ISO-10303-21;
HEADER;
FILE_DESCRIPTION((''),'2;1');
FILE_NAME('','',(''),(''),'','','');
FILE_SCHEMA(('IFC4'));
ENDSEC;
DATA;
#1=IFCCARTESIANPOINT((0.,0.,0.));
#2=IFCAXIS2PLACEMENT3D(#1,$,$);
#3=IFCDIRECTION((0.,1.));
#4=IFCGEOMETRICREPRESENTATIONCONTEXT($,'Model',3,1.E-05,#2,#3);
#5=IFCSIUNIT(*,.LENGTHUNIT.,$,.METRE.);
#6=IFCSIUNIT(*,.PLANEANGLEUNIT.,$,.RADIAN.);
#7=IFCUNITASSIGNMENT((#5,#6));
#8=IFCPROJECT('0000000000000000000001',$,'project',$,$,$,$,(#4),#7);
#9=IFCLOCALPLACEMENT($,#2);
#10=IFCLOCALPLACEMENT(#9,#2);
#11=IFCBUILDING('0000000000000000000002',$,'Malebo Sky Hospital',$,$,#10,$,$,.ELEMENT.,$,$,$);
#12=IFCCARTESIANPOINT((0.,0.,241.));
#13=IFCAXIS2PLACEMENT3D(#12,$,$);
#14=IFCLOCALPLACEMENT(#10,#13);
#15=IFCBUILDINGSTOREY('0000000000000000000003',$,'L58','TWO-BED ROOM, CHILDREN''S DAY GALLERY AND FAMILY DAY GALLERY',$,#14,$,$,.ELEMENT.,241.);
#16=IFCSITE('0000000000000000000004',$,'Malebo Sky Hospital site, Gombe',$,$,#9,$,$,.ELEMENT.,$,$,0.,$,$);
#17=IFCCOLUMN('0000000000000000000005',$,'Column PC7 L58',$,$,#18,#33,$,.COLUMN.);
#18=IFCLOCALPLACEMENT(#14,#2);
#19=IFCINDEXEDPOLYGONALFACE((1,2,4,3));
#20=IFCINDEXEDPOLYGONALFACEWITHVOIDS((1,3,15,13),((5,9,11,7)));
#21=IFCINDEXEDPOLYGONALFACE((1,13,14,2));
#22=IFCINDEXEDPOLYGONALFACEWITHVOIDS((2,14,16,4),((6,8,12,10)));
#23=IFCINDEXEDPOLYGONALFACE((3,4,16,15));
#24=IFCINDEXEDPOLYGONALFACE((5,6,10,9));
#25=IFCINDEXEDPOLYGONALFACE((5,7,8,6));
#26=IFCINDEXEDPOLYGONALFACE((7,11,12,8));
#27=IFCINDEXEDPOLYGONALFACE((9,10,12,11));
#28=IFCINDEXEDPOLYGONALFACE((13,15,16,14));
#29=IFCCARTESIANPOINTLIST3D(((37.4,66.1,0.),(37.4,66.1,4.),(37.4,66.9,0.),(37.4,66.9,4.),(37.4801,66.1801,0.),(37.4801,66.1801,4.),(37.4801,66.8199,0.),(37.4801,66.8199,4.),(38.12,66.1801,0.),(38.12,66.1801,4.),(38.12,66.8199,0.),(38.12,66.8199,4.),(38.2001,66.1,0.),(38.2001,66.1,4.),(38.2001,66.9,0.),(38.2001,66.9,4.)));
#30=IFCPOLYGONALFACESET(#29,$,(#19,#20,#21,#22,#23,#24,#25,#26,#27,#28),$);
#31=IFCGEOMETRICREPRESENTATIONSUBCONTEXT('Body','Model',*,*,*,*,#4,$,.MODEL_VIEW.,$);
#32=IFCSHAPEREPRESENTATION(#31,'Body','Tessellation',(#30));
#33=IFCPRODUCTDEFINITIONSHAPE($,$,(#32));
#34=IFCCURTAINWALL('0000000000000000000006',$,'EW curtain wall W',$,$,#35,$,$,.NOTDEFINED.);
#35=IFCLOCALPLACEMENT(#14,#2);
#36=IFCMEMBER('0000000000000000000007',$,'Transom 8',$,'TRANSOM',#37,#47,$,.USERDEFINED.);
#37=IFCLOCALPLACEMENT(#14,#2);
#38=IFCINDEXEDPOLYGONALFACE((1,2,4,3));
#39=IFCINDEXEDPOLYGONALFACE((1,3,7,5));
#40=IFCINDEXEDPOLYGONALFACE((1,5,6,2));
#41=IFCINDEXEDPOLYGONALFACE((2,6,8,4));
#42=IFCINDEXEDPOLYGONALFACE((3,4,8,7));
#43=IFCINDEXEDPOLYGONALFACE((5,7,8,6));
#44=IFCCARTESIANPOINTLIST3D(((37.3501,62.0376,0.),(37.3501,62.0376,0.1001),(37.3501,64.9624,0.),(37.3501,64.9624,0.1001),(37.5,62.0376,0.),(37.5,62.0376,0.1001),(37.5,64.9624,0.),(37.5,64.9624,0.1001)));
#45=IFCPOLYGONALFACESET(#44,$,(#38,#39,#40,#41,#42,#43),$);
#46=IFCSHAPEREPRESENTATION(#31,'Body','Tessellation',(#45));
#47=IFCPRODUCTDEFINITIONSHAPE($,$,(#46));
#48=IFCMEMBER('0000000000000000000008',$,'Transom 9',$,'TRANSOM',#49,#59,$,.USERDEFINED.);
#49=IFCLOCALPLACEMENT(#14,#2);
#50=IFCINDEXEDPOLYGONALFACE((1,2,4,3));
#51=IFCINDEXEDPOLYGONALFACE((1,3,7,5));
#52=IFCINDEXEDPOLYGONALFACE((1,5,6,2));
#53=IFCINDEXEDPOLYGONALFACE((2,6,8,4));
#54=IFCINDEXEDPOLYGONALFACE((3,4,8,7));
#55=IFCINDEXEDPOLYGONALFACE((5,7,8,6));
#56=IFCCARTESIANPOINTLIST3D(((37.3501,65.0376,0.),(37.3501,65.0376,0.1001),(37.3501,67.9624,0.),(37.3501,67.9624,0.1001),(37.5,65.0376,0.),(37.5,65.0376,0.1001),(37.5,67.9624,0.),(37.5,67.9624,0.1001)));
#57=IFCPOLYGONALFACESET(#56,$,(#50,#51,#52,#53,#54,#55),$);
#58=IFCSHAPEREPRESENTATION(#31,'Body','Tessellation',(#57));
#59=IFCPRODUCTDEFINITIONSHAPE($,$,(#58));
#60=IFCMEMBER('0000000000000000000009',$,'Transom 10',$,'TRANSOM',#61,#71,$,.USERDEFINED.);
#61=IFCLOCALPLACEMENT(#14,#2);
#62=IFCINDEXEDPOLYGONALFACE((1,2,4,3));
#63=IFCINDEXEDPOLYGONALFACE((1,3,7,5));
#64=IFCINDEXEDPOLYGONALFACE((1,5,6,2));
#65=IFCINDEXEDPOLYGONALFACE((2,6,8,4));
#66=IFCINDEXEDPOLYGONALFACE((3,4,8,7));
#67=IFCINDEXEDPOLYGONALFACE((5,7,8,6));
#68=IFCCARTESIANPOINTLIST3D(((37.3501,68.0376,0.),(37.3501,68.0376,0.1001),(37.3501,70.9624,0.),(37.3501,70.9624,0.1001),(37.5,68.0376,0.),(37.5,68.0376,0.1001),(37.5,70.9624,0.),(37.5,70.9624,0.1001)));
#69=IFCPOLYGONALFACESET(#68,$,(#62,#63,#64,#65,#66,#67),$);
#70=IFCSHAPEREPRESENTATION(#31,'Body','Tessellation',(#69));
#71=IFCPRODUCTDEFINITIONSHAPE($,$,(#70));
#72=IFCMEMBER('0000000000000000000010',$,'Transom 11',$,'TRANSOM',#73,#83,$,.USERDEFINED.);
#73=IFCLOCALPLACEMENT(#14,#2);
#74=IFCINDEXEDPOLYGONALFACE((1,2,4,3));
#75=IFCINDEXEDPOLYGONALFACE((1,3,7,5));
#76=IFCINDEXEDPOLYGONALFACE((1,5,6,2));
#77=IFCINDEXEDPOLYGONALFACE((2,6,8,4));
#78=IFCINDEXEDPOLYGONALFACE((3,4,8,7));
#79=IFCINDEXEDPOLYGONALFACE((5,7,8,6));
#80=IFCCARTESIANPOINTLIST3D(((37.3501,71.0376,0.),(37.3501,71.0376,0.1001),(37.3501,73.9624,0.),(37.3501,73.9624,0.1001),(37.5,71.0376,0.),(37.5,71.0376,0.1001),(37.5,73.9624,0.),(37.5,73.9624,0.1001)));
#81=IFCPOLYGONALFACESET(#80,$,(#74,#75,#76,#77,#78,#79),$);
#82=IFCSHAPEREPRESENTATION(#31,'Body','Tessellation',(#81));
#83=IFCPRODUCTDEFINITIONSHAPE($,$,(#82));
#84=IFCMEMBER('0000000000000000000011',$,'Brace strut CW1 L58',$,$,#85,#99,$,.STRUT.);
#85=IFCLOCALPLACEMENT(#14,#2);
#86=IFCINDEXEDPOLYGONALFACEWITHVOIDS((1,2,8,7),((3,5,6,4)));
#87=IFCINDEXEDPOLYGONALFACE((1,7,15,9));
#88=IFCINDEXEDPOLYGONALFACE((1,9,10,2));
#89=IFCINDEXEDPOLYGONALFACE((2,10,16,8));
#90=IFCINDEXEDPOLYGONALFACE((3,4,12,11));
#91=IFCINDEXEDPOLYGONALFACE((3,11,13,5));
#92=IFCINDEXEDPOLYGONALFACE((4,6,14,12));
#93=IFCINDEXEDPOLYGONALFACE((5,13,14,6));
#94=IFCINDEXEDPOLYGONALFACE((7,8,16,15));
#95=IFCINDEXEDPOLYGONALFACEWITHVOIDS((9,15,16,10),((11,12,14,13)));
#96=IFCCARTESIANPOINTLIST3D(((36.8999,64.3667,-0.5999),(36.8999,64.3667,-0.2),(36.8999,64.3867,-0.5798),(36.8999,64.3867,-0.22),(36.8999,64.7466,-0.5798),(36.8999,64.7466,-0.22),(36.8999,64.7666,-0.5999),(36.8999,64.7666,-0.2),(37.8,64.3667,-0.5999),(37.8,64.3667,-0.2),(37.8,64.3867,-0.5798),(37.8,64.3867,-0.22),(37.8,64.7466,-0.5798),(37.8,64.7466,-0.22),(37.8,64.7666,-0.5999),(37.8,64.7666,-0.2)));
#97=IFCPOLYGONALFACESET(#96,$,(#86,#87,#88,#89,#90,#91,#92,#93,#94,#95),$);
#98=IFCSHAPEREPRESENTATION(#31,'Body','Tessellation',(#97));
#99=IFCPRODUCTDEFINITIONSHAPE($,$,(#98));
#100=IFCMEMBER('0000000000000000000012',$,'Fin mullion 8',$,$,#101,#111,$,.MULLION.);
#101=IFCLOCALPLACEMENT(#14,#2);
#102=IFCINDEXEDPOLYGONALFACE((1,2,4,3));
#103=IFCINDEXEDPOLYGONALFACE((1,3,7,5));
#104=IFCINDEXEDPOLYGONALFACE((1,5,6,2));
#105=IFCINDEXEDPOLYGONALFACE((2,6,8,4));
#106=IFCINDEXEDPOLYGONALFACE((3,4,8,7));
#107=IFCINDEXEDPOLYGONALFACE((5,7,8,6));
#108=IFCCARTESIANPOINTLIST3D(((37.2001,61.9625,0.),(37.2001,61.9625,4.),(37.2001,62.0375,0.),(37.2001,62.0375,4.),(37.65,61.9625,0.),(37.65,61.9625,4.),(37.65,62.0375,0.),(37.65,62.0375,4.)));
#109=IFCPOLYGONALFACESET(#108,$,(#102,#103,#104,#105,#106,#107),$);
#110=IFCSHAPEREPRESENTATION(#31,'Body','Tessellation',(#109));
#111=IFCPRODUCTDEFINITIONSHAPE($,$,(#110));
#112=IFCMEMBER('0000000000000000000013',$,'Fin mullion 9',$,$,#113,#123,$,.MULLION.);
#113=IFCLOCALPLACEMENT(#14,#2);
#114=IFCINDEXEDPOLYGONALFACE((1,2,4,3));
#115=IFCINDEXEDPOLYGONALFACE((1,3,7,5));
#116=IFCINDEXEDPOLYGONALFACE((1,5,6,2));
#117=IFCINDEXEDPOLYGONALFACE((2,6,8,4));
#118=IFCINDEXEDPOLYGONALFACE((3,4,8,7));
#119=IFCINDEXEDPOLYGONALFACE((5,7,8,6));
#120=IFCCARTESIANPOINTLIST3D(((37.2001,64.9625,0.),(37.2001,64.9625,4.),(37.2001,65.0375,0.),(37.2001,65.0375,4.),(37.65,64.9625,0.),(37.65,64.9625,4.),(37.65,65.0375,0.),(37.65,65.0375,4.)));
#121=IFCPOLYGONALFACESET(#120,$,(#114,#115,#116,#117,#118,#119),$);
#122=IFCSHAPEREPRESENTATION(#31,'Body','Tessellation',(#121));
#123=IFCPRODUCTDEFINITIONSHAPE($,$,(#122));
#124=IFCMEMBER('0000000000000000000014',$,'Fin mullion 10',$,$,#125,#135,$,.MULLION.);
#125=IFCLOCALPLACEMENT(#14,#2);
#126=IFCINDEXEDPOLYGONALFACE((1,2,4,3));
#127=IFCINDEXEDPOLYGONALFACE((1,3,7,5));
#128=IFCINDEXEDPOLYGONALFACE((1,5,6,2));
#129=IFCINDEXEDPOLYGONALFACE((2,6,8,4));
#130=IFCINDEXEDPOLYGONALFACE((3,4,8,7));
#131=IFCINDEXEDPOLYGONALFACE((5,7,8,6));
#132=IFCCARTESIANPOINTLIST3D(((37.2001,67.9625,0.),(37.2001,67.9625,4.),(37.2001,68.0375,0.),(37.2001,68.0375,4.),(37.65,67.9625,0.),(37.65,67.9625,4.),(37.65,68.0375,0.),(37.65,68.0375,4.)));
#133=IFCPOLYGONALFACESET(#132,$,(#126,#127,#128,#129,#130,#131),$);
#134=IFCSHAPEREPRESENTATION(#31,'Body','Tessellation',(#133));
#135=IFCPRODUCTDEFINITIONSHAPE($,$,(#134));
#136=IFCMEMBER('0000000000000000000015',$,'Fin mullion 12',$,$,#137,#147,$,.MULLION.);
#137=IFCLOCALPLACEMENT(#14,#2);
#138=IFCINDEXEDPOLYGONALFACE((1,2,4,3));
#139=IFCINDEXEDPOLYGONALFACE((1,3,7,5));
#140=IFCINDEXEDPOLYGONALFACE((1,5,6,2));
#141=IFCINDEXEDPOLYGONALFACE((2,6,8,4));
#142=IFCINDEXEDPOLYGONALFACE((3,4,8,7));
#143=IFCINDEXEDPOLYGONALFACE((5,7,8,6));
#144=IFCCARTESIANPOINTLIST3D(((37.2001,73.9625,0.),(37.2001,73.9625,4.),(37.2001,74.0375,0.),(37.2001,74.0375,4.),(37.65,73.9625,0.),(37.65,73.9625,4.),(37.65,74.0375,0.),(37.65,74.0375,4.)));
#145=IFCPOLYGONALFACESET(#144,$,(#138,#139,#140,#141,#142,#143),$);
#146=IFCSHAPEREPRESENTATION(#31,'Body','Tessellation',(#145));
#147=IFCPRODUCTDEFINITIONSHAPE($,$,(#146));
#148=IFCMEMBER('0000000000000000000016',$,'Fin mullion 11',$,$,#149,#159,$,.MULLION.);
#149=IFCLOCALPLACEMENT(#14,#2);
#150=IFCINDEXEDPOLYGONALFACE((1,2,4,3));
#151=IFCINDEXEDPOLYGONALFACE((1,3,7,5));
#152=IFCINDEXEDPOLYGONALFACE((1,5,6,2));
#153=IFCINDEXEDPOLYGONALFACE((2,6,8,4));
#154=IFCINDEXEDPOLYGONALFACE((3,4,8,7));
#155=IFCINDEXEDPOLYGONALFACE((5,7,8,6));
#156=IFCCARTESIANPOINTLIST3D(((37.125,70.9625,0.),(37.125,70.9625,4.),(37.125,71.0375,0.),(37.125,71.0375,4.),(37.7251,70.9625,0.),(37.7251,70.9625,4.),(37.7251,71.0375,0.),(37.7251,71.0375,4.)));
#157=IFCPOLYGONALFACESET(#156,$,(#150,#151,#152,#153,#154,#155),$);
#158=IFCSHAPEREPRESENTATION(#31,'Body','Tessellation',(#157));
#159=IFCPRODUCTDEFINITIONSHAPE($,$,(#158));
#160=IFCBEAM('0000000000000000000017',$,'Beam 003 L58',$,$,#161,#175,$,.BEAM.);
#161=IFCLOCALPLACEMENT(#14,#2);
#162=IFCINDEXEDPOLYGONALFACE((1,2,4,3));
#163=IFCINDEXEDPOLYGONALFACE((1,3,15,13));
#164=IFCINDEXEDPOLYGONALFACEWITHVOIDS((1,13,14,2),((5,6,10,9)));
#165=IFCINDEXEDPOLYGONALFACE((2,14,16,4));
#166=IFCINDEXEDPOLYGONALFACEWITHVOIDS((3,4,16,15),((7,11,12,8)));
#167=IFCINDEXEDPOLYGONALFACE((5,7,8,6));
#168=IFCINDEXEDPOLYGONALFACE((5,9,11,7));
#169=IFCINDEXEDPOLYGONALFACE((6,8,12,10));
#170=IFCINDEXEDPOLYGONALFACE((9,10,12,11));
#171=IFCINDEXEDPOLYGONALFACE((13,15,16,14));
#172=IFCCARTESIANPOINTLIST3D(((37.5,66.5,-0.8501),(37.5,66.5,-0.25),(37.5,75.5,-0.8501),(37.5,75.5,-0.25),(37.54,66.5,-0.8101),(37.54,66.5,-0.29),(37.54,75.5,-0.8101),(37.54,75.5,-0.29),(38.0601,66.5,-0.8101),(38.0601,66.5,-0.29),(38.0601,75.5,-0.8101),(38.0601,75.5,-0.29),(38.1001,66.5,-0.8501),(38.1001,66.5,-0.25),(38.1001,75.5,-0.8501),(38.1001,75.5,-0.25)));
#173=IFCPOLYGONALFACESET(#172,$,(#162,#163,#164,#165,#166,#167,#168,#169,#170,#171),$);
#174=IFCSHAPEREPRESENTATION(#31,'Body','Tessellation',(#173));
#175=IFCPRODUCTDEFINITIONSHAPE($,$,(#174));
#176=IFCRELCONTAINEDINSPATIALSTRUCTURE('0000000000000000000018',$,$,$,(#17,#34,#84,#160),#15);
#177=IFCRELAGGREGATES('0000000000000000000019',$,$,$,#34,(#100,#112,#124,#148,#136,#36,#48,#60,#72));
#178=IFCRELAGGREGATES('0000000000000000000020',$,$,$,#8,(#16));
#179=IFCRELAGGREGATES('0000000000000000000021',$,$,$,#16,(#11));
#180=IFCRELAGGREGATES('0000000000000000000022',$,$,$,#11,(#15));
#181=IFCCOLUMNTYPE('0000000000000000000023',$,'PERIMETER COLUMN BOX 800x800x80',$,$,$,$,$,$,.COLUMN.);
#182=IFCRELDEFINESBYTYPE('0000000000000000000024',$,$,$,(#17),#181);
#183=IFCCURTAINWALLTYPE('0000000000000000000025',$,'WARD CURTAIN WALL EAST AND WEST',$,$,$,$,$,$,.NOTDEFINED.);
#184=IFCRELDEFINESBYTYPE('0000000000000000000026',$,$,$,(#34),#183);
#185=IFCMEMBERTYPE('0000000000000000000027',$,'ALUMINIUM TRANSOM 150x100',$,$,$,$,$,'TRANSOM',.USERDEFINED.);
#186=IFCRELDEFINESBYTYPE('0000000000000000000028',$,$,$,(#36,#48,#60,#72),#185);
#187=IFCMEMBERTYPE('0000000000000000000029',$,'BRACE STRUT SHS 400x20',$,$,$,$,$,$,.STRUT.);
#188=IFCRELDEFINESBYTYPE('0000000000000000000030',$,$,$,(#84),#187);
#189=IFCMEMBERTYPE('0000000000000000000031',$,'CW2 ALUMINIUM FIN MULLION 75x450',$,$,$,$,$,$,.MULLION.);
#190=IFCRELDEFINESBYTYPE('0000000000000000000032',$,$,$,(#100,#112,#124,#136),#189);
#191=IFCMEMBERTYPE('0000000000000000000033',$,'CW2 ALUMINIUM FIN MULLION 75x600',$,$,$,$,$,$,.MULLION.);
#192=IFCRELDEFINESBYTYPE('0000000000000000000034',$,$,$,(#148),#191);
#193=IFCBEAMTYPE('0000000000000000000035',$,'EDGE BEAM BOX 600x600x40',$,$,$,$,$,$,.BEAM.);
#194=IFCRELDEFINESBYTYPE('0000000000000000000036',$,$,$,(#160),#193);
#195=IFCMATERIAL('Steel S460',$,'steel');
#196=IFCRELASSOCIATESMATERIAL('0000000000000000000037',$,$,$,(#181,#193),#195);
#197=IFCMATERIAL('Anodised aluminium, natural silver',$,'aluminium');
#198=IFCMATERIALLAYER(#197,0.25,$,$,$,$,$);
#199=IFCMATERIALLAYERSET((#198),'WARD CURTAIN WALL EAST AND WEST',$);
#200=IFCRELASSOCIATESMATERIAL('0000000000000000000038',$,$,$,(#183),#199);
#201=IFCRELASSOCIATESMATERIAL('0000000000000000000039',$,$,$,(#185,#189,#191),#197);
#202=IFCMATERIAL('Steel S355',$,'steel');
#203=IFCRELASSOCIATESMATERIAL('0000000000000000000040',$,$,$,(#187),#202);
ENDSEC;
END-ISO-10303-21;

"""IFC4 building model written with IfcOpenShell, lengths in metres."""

from ifc_helpers import new_model, si_unit, direction, frame, origin, origin_2d, place, context, subcontext, project, spatial, rectangle, hollow_rectangle, extrude, material, layer, layer_set, material_profile, profile_set, type_object, element, aggregate, save


model = new_model("IFC4")

# Units and contexts
model_context = context("Model", 3, precision=1e-05, world=origin(), true_north=direction((0.0, 1.0)))
body_context = subcontext(model_context, "Body", "Model", "MODEL_VIEW")
ifc_project = project(units=[si_unit("LENGTHUNIT", "METRE"), si_unit("PLANEANGLEUNIT", "RADIAN")], contexts=[model_context])

# Site, building, storey
site_placement = place(None, origin())
site = spatial("IfcSite", under=ifc_project, at=site_placement, Name="Malebo Sky Hospital site, Gombe", CompositionType="ELEMENT", RefElevation=0.0)
building_placement = place(site_placement, origin())
building = spatial("IfcBuilding", under=site, at=building_placement, Name="Malebo Sky Hospital", CompositionType="ELEMENT")
storey_placement = place(building_placement, frame((0.0, 0.0, 241.0)))
storey = spatial("IfcBuildingStorey", under=building, at=storey_placement, Name="L58", Description="TWO-BED ROOM, CHILDREN'S DAY GALLERY AND FAMILY DAY GALLERY", CompositionType="ELEMENT", Elevation=241.0)

# Column
ifc_material_1 = material(Name="Steel S460", Category="steel")
ifc_material_profile_1 = material_profile(ifc_material_1, hollow_rectangle(XDim=0.8, YDim=0.8, WallThickness=0.0801, at=origin_2d()), Name="BOX 800x800x80")
ifc_profile_set_1 = profile_set([ifc_material_profile_1], Name="Steel S460")
column_type = type_object("IfcColumnType", Name="PERIMETER COLUMN BOX 800x800x80", PredefinedType="COLUMN", material=ifc_profile_set_1)
column_placement = place(storey_placement, frame((37.8, 66.5, 0.0), z_axis=(0.0, 0.0, 1.0), x_axis=(1.0, 0.0, 0.0)))
element("IfcColumn", 1, at=column_placement, inside=storey, type_object=column_type, Name="Column PC7 L58", PredefinedType="COLUMN", context=body_context, shape_type="SweptSolid", body=[
    extrude(hollow_rectangle(XDim=0.8, YDim=0.8, WallThickness=0.0801, at=origin_2d()), origin(), (0.0, 0.0, 1.0), 4.0),
])

# Curtain wall, members
ifc_material_2 = material(Name="Anodised aluminium, natural silver", Category="aluminium")
ifc_layer_1 = layer(ifc_material_2, 0.25)
ifc_layer_set_1 = layer_set([ifc_layer_1], Name="WARD CURTAIN WALL EAST AND WEST")
curtain_wall_type = type_object("IfcCurtainWallType", Name="WARD CURTAIN WALL EAST AND WEST", PredefinedType="NOTDEFINED", material=ifc_layer_set_1)
curtain_wall_placement = place(storey_placement, origin())
curtain_wall = element("IfcCurtainWall", 2, at=curtain_wall_placement, inside=storey, type_object=curtain_wall_type, Name="EW curtain wall W", PredefinedType="NOTDEFINED")
ifc_material_profile_2 = material_profile(ifc_material_2, rectangle(XDim=0.1499, YDim=0.1001, at=origin_2d()), Name="ALUMINIUM TRANSOM 150x100")
ifc_profile_set_2 = profile_set([ifc_material_profile_2], Name="Anodised aluminium, natural silver")
member_type_1 = type_object("IfcMemberType", Name="ALUMINIUM TRANSOM 150x100", ElementType="TRANSOM", PredefinedType="USERDEFINED", material=ifc_profile_set_2)
member_1_placement = place(storey_placement, frame((37.425, 62.0376, 0.05), z_axis=(0.0, 1.0, 0.0), x_axis=(-1.0, 0.0, 0.0)))
member_1 = element("IfcMember", 3, at=member_1_placement, type_object=member_type_1, Name="Transom 8", ObjectType="TRANSOM", PredefinedType="USERDEFINED", context=body_context, shape_type="SweptSolid", body=[
    extrude(rectangle(XDim=0.1499, YDim=0.1001, at=origin_2d()), origin(), (0.0, 0.0, 1.0), 2.9248),
])
member_2_placement = place(storey_placement, frame((37.425, 65.0376, 0.05), z_axis=(0.0, 1.0, 0.0), x_axis=(-1.0, 0.0, 0.0)))
member_2 = element("IfcMember", 4, at=member_2_placement, type_object=member_type_1, Name="Transom 9", ObjectType="TRANSOM", PredefinedType="USERDEFINED", context=body_context, shape_type="SweptSolid", body=[
    extrude(rectangle(XDim=0.1499, YDim=0.1001, at=origin_2d()), origin(), (0.0, 0.0, 1.0), 2.9248),
])
member_3_placement = place(storey_placement, frame((37.425, 68.0376, 0.05), z_axis=(0.0, 1.0, 0.0), x_axis=(-1.0, 0.0, 0.0)))
member_3 = element("IfcMember", 5, at=member_3_placement, type_object=member_type_1, Name="Transom 10", ObjectType="TRANSOM", PredefinedType="USERDEFINED", context=body_context, shape_type="SweptSolid", body=[
    extrude(rectangle(XDim=0.1499, YDim=0.1001, at=origin_2d()), origin(), (0.0, 0.0, 1.0), 2.9248),
])
member_4_placement = place(storey_placement, frame((37.425, 71.0376, 0.05), z_axis=(0.0, 1.0, 0.0), x_axis=(-1.0, 0.0, 0.0)))
member_4 = element("IfcMember", 6, at=member_4_placement, type_object=member_type_1, Name="Transom 11", ObjectType="TRANSOM", PredefinedType="USERDEFINED", context=body_context, shape_type="SweptSolid", body=[
    extrude(rectangle(XDim=0.1499, YDim=0.1001, at=origin_2d()), origin(), (0.0, 0.0, 1.0), 2.9248),
])

# Members
ifc_material_3 = material(Name="Steel S355", Category="steel")
ifc_material_profile_3 = material_profile(ifc_material_3, hollow_rectangle(XDim=0.3999, YDim=0.3999, WallThickness=0.02, at=origin_2d()), Name="SHS 400x20")
ifc_profile_set_3 = profile_set([ifc_material_profile_3], Name="Steel S355")
member_type_2 = type_object("IfcMemberType", Name="BRACE STRUT SHS 400x20", PredefinedType="STRUT", material=ifc_profile_set_3)
member_5_placement = place(storey_placement, frame((36.8999, 64.5667, -0.3999), z_axis=(1.0, 0.0, 0.0), x_axis=(0.0, 1.0, 0.0)))
element("IfcMember", 7, at=member_5_placement, inside=storey, type_object=member_type_2, Name="Brace strut CW1 L58", PredefinedType="STRUT", context=body_context, shape_type="SweptSolid", body=[
    extrude(hollow_rectangle(XDim=0.3999, YDim=0.3999, WallThickness=0.02, at=origin_2d()), origin(), (0.0, 0.0, 1.0), 0.9001),
])
ifc_material_profile_4 = material_profile(ifc_material_2, rectangle(XDim=0.075, YDim=0.45, at=origin_2d()), Name="CW2 ALUMINIUM FIN MULLION 75x450")
ifc_profile_set_4 = profile_set([ifc_material_profile_4], Name="Anodised aluminium, natural silver")
member_type_3 = type_object("IfcMemberType", Name="CW2 ALUMINIUM FIN MULLION 75x450", PredefinedType="MULLION", material=ifc_profile_set_4)
member_6_placement = place(storey_placement, frame((37.425, 62.0, 0.0), z_axis=(0.0, 0.0, 1.0), x_axis=(0.0, 1.0, 0.0)))
member_6 = element("IfcMember", 8, at=member_6_placement, type_object=member_type_3, Name="Fin mullion 8", PredefinedType="MULLION", context=body_context, shape_type="SweptSolid", body=[
    extrude(rectangle(XDim=0.075, YDim=0.45, at=origin_2d()), origin(), (0.0, 0.0, 1.0), 4.0),
])
member_7_placement = place(storey_placement, frame((37.425, 65.0, 0.0), z_axis=(0.0, 0.0, 1.0), x_axis=(0.0, 1.0, 0.0)))
member_7 = element("IfcMember", 9, at=member_7_placement, type_object=member_type_3, Name="Fin mullion 9", PredefinedType="MULLION", context=body_context, shape_type="SweptSolid", body=[
    extrude(rectangle(XDim=0.075, YDim=0.45, at=origin_2d()), origin(), (0.0, 0.0, 1.0), 4.0),
])
member_8_placement = place(storey_placement, frame((37.425, 68.0, 0.0), z_axis=(0.0, 0.0, 1.0), x_axis=(0.0, 1.0, 0.0)))
member_8 = element("IfcMember", 10, at=member_8_placement, type_object=member_type_3, Name="Fin mullion 10", PredefinedType="MULLION", context=body_context, shape_type="SweptSolid", body=[
    extrude(rectangle(XDim=0.075, YDim=0.45, at=origin_2d()), origin(), (0.0, 0.0, 1.0), 4.0),
])
member_9_placement = place(storey_placement, frame((37.425, 74.0, 0.0), z_axis=(0.0, 0.0, 1.0), x_axis=(0.0, 1.0, 0.0)))
member_9 = element("IfcMember", 11, at=member_9_placement, type_object=member_type_3, Name="Fin mullion 12", PredefinedType="MULLION", context=body_context, shape_type="SweptSolid", body=[
    extrude(rectangle(XDim=0.075, YDim=0.45, at=origin_2d()), origin(), (0.0, 0.0, 1.0), 4.0),
])
ifc_material_profile_5 = material_profile(ifc_material_2, rectangle(XDim=0.075, YDim=0.6001, at=origin_2d()), Name="CW2 ALUMINIUM FIN MULLION 75x600")
ifc_profile_set_5 = profile_set([ifc_material_profile_5], Name="Anodised aluminium, natural silver")
member_type_4 = type_object("IfcMemberType", Name="CW2 ALUMINIUM FIN MULLION 75x600", PredefinedType="MULLION", material=ifc_profile_set_5)
member_10_placement = place(storey_placement, frame((37.425, 71.0, 0.0), z_axis=(0.0, 0.0, 1.0), x_axis=(0.0, 1.0, 0.0)))
member_10 = element("IfcMember", 12, at=member_10_placement, type_object=member_type_4, Name="Fin mullion 11", PredefinedType="MULLION", context=body_context, shape_type="SweptSolid", body=[
    extrude(rectangle(XDim=0.075, YDim=0.6001, at=origin_2d()), origin(), (0.0, 0.0, 1.0), 4.0),
])

# Beam
ifc_material_profile_6 = material_profile(ifc_material_1, hollow_rectangle(XDim=0.6001, YDim=0.6001, WallThickness=0.04, at=origin_2d()), Name="BOX 600x600x40")
ifc_profile_set_6 = profile_set([ifc_material_profile_6], Name="Steel S460")
beam_type_1 = type_object("IfcBeamType", Name="EDGE BEAM BOX 600x600x40", PredefinedType="BEAM", material=ifc_profile_set_6)
beam_1_placement = place(storey_placement, frame((37.8, 66.5, -0.55), z_axis=(0.0, 1.0, 0.0), x_axis=(-1.0, 0.0, 0.0)))
element("IfcBeam", 13, at=beam_1_placement, inside=storey, type_object=beam_type_1, Name="Beam 003 L58", PredefinedType="BEAM", context=body_context, shape_type="SweptSolid", body=[
    extrude(hollow_rectangle(XDim=0.6001, YDim=0.6001, WallThickness=0.04, at=origin_2d()), origin(), (0.0, 0.0, 1.0), 9.0),
])

aggregate(curtain_wall, [member_6, member_7, member_8, member_10, member_9, member_1, member_2, member_3, member_4])

save(model, "model.ifc")
